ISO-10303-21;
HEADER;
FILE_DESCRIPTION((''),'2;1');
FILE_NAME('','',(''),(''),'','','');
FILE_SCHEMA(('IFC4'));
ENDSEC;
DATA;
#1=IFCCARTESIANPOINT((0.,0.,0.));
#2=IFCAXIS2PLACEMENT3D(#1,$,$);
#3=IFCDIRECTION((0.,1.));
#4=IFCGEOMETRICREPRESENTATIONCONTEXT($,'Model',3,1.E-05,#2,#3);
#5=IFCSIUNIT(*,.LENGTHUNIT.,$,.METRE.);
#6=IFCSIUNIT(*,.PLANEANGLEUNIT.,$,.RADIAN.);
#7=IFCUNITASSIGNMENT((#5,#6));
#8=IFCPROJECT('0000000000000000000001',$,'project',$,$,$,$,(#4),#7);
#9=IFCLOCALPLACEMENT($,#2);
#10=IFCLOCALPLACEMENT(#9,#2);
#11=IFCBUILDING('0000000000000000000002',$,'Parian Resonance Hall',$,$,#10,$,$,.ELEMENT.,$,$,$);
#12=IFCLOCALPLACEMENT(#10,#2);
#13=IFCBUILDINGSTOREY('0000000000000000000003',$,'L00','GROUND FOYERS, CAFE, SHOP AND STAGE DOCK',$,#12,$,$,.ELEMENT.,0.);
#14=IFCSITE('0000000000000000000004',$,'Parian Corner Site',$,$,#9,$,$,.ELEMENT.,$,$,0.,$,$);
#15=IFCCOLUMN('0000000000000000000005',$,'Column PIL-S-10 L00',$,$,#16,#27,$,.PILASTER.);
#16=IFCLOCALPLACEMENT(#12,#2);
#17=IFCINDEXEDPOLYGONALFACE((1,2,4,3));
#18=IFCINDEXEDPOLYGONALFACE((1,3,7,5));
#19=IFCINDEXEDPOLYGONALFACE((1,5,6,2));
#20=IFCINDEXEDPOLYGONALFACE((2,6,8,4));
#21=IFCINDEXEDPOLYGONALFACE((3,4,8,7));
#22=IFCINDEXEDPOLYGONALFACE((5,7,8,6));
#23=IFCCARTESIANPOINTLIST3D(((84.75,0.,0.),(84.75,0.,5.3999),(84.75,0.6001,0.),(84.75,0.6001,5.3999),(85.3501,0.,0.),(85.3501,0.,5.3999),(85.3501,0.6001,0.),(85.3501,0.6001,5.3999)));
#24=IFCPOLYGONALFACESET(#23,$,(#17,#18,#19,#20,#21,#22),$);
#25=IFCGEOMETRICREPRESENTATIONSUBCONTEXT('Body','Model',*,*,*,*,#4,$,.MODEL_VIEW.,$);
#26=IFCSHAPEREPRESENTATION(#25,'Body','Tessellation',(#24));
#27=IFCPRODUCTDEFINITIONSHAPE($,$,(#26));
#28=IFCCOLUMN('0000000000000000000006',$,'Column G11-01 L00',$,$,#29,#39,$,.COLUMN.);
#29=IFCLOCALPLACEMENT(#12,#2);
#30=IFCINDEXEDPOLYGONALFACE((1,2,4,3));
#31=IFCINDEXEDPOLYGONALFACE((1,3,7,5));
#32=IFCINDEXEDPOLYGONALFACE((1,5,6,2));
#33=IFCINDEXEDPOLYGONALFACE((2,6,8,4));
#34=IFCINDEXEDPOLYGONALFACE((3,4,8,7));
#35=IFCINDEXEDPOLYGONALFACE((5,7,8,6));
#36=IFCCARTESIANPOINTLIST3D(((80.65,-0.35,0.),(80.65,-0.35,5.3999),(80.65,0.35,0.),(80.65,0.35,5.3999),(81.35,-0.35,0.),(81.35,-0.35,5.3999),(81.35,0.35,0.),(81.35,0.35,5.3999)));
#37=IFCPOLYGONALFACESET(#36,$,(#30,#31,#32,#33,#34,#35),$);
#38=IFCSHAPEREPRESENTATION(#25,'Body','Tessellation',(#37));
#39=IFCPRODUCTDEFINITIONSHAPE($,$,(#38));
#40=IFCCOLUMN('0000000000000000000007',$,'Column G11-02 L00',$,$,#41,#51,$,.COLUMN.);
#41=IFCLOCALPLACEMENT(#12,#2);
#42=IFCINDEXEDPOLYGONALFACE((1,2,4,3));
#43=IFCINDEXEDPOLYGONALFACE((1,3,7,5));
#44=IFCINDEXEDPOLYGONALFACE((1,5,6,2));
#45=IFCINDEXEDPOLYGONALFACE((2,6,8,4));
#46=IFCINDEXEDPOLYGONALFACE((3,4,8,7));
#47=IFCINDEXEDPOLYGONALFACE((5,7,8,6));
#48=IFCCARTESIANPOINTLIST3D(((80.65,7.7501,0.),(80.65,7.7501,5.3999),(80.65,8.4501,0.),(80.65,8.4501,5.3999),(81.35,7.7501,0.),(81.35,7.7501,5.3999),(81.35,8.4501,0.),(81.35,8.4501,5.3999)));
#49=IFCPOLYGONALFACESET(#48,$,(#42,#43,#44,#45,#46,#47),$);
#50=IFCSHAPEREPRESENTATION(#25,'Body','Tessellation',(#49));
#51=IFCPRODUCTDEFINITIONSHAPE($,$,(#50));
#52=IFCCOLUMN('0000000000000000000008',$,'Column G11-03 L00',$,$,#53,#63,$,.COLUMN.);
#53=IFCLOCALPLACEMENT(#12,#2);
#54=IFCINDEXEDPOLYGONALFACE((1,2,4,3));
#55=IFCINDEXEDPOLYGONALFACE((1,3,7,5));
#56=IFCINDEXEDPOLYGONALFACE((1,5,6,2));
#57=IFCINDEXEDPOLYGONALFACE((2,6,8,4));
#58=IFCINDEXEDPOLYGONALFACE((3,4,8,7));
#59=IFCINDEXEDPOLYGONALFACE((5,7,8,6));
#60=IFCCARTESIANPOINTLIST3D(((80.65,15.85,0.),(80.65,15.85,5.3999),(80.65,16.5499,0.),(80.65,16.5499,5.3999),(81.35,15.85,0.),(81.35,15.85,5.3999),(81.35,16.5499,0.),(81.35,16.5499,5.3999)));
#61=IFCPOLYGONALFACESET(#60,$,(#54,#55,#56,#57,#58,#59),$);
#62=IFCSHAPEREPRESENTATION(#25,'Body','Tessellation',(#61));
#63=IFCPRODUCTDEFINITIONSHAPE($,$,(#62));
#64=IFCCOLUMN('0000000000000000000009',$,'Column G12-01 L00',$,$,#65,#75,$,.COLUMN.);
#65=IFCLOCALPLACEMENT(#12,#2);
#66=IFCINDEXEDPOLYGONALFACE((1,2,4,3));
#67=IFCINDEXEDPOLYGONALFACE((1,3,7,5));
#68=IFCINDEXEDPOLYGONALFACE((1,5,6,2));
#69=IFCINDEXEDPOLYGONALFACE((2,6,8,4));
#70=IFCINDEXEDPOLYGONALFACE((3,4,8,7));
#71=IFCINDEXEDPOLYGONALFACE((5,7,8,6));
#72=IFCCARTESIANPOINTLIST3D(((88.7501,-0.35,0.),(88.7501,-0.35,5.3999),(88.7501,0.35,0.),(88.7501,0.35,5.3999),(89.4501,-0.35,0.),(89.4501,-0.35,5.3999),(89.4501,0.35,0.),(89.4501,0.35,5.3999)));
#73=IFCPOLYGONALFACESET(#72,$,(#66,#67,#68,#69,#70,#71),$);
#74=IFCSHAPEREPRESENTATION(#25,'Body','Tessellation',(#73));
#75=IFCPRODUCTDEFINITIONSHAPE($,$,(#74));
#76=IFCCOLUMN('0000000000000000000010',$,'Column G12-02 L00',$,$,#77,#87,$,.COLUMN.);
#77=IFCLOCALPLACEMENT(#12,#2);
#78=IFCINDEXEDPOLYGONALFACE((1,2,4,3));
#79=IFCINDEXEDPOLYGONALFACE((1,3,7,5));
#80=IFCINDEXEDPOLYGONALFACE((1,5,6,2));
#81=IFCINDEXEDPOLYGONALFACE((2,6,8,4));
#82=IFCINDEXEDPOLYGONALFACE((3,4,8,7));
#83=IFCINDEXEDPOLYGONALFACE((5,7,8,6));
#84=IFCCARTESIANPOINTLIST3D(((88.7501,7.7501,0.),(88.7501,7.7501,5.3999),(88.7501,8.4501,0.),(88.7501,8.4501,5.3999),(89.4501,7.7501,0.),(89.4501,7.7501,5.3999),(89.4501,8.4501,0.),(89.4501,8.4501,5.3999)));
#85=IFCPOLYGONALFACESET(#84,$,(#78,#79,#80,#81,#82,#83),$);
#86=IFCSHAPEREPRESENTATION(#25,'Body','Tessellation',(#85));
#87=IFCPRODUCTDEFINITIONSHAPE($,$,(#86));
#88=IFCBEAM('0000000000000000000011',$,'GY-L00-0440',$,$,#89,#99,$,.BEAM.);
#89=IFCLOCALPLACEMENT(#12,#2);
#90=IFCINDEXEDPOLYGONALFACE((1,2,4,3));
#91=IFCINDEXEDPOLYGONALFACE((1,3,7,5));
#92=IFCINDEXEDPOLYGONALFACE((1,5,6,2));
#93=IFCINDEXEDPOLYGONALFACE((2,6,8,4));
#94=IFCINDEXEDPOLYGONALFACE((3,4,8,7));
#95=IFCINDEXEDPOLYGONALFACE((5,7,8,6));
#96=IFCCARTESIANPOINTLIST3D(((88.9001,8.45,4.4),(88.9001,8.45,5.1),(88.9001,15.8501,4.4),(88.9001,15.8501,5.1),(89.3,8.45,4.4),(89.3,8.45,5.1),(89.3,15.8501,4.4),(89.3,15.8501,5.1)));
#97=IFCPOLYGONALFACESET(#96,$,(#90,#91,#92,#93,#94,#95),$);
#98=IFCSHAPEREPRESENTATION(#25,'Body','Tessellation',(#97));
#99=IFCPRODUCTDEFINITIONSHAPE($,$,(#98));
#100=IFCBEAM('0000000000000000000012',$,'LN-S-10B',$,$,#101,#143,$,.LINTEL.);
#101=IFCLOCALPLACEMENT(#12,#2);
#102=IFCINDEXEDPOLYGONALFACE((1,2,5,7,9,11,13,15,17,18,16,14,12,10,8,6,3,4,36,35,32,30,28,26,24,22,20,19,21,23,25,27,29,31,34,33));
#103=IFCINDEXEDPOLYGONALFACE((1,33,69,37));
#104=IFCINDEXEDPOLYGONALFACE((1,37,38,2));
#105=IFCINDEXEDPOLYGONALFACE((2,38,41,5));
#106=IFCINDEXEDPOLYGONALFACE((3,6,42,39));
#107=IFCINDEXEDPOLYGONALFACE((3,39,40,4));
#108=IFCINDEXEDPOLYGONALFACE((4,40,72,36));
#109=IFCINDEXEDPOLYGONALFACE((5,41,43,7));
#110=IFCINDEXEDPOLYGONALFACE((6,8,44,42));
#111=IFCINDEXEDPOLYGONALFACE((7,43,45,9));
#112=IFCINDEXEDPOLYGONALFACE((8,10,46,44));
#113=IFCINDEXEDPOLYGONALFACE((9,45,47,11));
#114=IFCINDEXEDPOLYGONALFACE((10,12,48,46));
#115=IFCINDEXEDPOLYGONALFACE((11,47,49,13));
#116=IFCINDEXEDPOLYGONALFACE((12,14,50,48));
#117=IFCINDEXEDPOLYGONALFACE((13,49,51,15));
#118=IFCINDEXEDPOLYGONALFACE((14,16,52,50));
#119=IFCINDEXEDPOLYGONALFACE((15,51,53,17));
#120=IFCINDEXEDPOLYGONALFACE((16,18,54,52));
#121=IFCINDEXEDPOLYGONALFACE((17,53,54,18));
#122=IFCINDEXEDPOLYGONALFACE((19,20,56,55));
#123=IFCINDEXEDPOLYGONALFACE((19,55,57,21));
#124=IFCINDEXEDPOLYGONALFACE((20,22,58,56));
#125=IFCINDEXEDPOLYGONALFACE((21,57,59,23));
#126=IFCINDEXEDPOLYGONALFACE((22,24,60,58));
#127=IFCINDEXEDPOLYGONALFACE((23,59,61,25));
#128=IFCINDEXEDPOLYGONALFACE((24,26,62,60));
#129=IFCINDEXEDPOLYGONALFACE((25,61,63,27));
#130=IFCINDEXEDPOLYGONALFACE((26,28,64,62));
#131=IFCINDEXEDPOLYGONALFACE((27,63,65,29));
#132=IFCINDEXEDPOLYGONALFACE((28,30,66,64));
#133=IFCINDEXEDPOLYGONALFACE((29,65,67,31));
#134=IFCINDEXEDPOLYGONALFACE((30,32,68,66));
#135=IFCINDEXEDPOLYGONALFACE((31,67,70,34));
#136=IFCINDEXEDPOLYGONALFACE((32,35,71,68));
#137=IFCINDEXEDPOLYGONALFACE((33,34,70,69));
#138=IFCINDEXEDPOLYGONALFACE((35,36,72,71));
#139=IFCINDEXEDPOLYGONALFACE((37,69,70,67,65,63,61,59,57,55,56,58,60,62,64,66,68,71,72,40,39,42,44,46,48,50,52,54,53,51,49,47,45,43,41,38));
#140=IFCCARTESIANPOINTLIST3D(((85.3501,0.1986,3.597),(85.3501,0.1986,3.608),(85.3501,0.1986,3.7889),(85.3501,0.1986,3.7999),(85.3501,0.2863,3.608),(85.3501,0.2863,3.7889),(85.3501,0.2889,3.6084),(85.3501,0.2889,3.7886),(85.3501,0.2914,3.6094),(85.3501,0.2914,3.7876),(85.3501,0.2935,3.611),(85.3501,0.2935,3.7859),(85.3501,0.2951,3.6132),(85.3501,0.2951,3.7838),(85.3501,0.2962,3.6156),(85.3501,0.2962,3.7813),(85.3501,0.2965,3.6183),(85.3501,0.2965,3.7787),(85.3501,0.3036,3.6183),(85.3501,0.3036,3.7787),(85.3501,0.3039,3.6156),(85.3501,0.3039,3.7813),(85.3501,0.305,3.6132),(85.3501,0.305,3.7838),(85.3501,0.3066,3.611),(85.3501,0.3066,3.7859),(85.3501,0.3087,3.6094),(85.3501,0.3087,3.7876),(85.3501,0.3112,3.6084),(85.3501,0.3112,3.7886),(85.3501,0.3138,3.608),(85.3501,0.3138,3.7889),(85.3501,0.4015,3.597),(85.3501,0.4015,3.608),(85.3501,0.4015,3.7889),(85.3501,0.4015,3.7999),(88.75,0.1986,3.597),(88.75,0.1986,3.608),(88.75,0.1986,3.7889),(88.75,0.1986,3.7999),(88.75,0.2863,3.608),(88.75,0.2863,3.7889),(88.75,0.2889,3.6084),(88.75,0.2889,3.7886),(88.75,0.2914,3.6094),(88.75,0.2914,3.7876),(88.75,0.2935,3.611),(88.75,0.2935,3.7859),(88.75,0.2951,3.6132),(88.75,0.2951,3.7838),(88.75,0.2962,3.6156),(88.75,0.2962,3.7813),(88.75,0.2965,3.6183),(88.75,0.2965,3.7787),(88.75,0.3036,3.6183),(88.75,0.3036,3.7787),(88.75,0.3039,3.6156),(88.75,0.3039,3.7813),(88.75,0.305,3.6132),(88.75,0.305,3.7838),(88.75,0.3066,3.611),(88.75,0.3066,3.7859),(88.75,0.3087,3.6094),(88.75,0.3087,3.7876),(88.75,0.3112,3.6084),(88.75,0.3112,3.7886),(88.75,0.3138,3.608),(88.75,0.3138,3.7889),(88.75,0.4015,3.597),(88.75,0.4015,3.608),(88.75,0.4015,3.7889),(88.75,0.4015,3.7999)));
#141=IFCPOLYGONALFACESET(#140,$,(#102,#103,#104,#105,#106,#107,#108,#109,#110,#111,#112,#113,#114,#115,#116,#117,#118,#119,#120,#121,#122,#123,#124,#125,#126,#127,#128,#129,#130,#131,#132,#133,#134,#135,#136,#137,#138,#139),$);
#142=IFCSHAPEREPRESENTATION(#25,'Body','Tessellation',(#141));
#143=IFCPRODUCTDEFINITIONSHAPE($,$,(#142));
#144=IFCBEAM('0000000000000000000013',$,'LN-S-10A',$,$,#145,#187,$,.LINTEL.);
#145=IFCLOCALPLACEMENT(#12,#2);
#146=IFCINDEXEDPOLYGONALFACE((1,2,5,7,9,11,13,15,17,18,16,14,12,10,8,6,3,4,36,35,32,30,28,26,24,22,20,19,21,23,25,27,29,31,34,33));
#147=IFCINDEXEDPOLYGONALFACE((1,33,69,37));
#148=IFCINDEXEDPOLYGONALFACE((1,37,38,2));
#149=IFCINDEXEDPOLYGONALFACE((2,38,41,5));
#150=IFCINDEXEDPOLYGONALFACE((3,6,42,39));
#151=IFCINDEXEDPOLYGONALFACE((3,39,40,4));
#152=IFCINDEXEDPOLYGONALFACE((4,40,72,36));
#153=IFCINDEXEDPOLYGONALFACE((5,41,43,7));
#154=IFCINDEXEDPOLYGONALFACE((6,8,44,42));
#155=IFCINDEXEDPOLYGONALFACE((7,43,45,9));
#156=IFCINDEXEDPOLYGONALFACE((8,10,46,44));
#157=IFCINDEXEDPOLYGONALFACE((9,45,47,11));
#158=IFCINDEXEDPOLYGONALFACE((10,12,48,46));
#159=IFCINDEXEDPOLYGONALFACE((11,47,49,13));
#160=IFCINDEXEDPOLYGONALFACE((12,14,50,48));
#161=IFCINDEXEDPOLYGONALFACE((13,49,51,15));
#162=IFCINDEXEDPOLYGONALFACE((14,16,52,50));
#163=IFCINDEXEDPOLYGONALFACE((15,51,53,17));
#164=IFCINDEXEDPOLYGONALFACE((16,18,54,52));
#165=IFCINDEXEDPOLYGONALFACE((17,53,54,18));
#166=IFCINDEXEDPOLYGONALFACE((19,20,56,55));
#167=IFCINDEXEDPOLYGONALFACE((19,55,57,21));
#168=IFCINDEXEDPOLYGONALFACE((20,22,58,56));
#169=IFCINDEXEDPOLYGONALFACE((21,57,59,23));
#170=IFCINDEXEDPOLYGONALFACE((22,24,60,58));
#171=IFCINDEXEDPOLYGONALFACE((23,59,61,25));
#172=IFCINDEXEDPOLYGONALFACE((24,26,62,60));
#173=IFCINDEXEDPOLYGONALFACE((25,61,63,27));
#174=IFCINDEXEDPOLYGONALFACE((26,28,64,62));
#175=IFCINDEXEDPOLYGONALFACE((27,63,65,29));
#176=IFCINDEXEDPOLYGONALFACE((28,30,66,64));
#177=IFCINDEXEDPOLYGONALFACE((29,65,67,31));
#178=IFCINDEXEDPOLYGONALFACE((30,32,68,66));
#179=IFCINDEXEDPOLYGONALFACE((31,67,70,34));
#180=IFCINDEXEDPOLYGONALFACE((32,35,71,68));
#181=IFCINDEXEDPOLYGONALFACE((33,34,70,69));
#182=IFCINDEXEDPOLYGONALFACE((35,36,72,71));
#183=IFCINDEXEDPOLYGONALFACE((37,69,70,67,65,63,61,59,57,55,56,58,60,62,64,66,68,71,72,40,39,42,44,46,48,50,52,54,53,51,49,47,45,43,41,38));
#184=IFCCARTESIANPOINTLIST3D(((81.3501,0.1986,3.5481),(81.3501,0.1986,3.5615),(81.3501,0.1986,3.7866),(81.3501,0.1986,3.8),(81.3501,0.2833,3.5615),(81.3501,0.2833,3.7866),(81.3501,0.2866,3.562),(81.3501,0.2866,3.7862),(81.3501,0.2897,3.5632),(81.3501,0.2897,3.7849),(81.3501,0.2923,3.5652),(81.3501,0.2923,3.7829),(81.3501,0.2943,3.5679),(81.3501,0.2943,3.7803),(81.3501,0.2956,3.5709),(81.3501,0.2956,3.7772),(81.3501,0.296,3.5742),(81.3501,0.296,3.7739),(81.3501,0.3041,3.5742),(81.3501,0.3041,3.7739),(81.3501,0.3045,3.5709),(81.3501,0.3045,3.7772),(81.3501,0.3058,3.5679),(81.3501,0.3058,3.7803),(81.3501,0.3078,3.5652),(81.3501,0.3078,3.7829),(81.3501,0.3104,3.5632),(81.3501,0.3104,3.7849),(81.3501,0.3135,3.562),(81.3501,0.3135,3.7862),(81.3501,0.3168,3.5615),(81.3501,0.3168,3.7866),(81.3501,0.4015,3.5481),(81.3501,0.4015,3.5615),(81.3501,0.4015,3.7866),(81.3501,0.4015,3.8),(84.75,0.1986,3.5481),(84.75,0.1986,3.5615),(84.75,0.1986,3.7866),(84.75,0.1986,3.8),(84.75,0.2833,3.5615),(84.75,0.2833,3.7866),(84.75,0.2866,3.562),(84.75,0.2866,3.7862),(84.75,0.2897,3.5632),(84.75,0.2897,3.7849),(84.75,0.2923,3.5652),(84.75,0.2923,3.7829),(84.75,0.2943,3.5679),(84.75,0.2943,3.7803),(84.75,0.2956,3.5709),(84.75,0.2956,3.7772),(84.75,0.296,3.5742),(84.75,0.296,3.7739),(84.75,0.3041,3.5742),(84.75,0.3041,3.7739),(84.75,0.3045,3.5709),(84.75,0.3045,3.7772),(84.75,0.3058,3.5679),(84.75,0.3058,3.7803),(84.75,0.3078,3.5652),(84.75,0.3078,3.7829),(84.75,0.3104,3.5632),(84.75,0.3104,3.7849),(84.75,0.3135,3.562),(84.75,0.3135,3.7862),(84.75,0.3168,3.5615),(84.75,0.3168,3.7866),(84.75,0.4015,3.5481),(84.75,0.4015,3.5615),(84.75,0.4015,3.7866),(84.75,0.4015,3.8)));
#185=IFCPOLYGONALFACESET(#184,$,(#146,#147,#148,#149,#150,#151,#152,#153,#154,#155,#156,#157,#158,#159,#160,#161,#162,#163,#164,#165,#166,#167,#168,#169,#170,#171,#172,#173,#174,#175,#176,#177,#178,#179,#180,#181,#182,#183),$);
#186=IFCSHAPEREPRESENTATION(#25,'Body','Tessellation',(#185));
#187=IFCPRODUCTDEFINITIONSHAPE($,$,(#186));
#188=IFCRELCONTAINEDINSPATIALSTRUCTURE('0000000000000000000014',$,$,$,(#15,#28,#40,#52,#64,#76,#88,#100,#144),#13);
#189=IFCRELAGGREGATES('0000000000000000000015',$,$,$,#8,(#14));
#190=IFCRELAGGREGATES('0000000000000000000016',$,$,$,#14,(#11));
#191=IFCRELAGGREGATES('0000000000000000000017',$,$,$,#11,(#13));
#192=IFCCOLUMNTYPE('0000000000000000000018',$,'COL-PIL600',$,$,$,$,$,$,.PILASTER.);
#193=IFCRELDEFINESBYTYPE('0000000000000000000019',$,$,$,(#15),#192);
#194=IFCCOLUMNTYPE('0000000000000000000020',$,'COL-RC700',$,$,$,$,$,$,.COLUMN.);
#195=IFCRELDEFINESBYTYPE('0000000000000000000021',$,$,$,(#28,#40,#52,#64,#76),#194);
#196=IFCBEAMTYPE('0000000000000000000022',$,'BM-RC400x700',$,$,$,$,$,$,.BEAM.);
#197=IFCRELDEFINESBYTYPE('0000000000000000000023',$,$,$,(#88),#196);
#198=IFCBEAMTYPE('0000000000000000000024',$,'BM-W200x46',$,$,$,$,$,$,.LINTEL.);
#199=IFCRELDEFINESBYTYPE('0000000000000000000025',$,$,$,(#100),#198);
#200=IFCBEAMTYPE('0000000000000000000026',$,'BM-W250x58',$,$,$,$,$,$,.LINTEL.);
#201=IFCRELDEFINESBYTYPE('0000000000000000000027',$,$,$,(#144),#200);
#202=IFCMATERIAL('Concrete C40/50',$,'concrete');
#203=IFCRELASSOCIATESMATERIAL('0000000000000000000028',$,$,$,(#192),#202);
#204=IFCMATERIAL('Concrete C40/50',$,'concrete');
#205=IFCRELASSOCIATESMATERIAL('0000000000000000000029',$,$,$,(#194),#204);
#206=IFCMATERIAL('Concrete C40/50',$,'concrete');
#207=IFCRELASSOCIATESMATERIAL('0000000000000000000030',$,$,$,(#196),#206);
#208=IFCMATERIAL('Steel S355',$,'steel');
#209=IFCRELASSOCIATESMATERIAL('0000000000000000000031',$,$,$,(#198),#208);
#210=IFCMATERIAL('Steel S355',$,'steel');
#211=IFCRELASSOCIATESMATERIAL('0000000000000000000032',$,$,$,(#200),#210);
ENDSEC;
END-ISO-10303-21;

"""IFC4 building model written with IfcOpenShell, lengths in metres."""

from ifc_helpers import new_model, si_unit, direction, frame, origin, origin_2d, place, context, subcontext, project, spatial, rectangle, i_section, extrude, material, material_profile, profile_set, type_object, element, save


model = new_model("IFC4")

# Units and contexts
model_context = context("Model", 3, precision=1e-05, world=origin(), true_north=direction((0.0, 1.0)))
body_context = subcontext(model_context, "Body", "Model", "MODEL_VIEW")
ifc_project = project(units=[si_unit("LENGTHUNIT", "METRE"), si_unit("PLANEANGLEUNIT", "RADIAN")], contexts=[model_context])

# Site, building, storey
site_placement = place(None, origin())
site = spatial("IfcSite", under=ifc_project, at=site_placement, Name="Parian Corner Site", CompositionType="ELEMENT", RefElevation=0.0)
building_placement = place(site_placement, origin())
building = spatial("IfcBuilding", under=site, at=building_placement, Name="Parian Resonance Hall", CompositionType="ELEMENT")
storey_placement = place(building_placement, origin())
storey = spatial("IfcBuildingStorey", under=building, at=storey_placement, Name="L00", Description="GROUND FOYERS, CAFE, SHOP AND STAGE DOCK", CompositionType="ELEMENT", Elevation=0.0)

# Columns
ifc_material_1 = material(Name="Concrete C40/50", Category="concrete")
ifc_material_profile_1 = material_profile(ifc_material_1, rectangle(XDim=0.6001, YDim=0.6001, at=origin_2d()), Name="RC-COL-600x600")
ifc_profile_set_1 = profile_set([ifc_material_profile_1], Name="Concrete C40/50")
column_type_1 = type_object("IfcColumnType", Name="COL-PIL600", PredefinedType="PILASTER", material=ifc_profile_set_1)
column_placement = place(storey_placement, frame((85.05, 0.3, 0.0), z_axis=(0.0, 0.0, 1.0), x_axis=(1.0, 0.0, 0.0)))
element("IfcColumn", 1, at=column_placement, inside=storey, type_object=column_type_1, Name="Column PIL-S-10 L00", PredefinedType="PILASTER", context=body_context, shape_type="SweptSolid", body=[
    extrude(rectangle(XDim=0.6001, YDim=0.6001, at=origin_2d()), origin(), (0.0, 0.0, 1.0), 5.3999),
])
ifc_material_2 = material(Name="Concrete C40/50", Category="concrete")
ifc_material_profile_2 = material_profile(ifc_material_2, rectangle(XDim=0.7, YDim=0.7, at=origin_2d()), Name="RC-COL-700x700")
ifc_profile_set_2 = profile_set([ifc_material_profile_2], Name="Concrete C40/50")
column_type_2 = type_object("IfcColumnType", Name="COL-RC700", PredefinedType="COLUMN", material=ifc_profile_set_2)
for number, where, z_axis, x_axis, name in (
    (2, (81.0, 0.0, 0.0), (0.0, 0.0, 1.0), (1.0, 0.0, 0.0), "Column G11-01 L00"),
    (3, (81.0, 8.1001, 0.0), (0.0, 0.0, 1.0), (1.0, 0.0, 0.0), "Column G11-02 L00"),
    (4, (81.0, 16.2, 0.0), (0.0, 0.0, 1.0), (1.0, 0.0, 0.0), "Column G11-03 L00"),
    (5, (89.1001, 0.0, 0.0), (0.0, 0.0, 1.0), (1.0, 0.0, 0.0), "Column G12-01 L00"),
    (6, (89.1001, 8.1001, 0.0), (0.0, 0.0, 1.0), (1.0, 0.0, 0.0), "Column G12-02 L00"),
):
    element("IfcColumn", number, at=place(storey_placement, frame(where, z_axis=z_axis, x_axis=x_axis)), inside=storey, type_object=column_type_2, Name=name, PredefinedType="COLUMN", context=body_context, shape_type="SweptSolid", body=[
        extrude(rectangle(XDim=0.7, YDim=0.7, at=origin_2d()), origin(), (0.0, 0.0, 1.0), 5.3999),
    ])

# Beams
ifc_material_3 = material(Name="Concrete C40/50", Category="concrete")
ifc_material_profile_3 = material_profile(ifc_material_3, rectangle(XDim=0.3999, YDim=0.7, at=origin_2d()), Name="RC-BM-400x700")
ifc_profile_set_3 = profile_set([ifc_material_profile_3], Name="Concrete C40/50")
beam_type_1 = type_object("IfcBeamType", Name="BM-RC400x700", PredefinedType="BEAM", material=ifc_profile_set_3)
beam_1_placement = place(storey_placement, frame((89.1001, 8.45, 4.75), z_axis=(0.0, 1.0, 0.0), x_axis=(-1.0, 0.0, 0.0)))
element("IfcBeam", 7, at=beam_1_placement, inside=storey, type_object=beam_type_1, Name="GY-L00-0440", PredefinedType="BEAM", context=body_context, shape_type="SweptSolid", body=[
    extrude(rectangle(XDim=0.3999, YDim=0.7, at=origin_2d()), origin(), (0.0, 0.0, 1.0), 7.4001),
])
ifc_material_4 = material(Name="Steel S355", Category="steel")
ifc_material_profile_4 = material_profile(ifc_material_4, i_section(OverallWidth=0.2029, OverallDepth=0.2029, WebThickness=0.0071, FlangeThickness=0.011, FilletRadius=0.0103, at=origin_2d()), Name="W200x46")
ifc_profile_set_4 = profile_set([ifc_material_profile_4], Name="Steel S355")
beam_type_2 = type_object("IfcBeamType", Name="BM-W200x46", PredefinedType="LINTEL", material=ifc_profile_set_4)
beam_2_placement = place(storey_placement, frame((85.3501, 0.3, 3.6985), z_axis=(1.0, 0.0, 0.0), x_axis=(0.0, 1.0, 0.0)))
element("IfcBeam", 8, at=beam_2_placement, inside=storey, type_object=beam_type_2, Name="LN-S-10B", PredefinedType="LINTEL", context=body_context, shape_type="SweptSolid", body=[
    extrude(i_section(OverallWidth=0.2029, OverallDepth=0.2029, WebThickness=0.0071, FlangeThickness=0.011, FilletRadius=0.0103, at=origin_2d()), origin(), (0.0, 0.0, 1.0), 3.3999),
])
ifc_material_5 = material(Name="Steel S355", Category="steel")
ifc_material_profile_5 = material_profile(ifc_material_5, i_section(OverallWidth=0.2029, OverallDepth=0.252, WebThickness=0.0081, FlangeThickness=0.0134, FilletRadius=0.0127, at=origin_2d()), Name="W250x58")
ifc_profile_set_5 = profile_set([ifc_material_profile_5], Name="Steel S355")
beam_type_3 = type_object("IfcBeamType", Name="BM-W250x58", PredefinedType="LINTEL", material=ifc_profile_set_5)
beam_3_placement = place(storey_placement, frame((81.3501, 0.3, 3.6741), z_axis=(1.0, 0.0, 0.0), x_axis=(0.0, 1.0, 0.0)))
element("IfcBeam", 9, at=beam_3_placement, inside=storey, type_object=beam_type_3, Name="LN-S-10A", PredefinedType="LINTEL", context=body_context, shape_type="SweptSolid", body=[
    extrude(i_section(OverallWidth=0.2029, OverallDepth=0.252, WebThickness=0.0081, FlangeThickness=0.0134, FilletRadius=0.0127, at=origin_2d()), origin(), (0.0, 0.0, 1.0), 3.3999),
])

save(model, "model.ifc")
